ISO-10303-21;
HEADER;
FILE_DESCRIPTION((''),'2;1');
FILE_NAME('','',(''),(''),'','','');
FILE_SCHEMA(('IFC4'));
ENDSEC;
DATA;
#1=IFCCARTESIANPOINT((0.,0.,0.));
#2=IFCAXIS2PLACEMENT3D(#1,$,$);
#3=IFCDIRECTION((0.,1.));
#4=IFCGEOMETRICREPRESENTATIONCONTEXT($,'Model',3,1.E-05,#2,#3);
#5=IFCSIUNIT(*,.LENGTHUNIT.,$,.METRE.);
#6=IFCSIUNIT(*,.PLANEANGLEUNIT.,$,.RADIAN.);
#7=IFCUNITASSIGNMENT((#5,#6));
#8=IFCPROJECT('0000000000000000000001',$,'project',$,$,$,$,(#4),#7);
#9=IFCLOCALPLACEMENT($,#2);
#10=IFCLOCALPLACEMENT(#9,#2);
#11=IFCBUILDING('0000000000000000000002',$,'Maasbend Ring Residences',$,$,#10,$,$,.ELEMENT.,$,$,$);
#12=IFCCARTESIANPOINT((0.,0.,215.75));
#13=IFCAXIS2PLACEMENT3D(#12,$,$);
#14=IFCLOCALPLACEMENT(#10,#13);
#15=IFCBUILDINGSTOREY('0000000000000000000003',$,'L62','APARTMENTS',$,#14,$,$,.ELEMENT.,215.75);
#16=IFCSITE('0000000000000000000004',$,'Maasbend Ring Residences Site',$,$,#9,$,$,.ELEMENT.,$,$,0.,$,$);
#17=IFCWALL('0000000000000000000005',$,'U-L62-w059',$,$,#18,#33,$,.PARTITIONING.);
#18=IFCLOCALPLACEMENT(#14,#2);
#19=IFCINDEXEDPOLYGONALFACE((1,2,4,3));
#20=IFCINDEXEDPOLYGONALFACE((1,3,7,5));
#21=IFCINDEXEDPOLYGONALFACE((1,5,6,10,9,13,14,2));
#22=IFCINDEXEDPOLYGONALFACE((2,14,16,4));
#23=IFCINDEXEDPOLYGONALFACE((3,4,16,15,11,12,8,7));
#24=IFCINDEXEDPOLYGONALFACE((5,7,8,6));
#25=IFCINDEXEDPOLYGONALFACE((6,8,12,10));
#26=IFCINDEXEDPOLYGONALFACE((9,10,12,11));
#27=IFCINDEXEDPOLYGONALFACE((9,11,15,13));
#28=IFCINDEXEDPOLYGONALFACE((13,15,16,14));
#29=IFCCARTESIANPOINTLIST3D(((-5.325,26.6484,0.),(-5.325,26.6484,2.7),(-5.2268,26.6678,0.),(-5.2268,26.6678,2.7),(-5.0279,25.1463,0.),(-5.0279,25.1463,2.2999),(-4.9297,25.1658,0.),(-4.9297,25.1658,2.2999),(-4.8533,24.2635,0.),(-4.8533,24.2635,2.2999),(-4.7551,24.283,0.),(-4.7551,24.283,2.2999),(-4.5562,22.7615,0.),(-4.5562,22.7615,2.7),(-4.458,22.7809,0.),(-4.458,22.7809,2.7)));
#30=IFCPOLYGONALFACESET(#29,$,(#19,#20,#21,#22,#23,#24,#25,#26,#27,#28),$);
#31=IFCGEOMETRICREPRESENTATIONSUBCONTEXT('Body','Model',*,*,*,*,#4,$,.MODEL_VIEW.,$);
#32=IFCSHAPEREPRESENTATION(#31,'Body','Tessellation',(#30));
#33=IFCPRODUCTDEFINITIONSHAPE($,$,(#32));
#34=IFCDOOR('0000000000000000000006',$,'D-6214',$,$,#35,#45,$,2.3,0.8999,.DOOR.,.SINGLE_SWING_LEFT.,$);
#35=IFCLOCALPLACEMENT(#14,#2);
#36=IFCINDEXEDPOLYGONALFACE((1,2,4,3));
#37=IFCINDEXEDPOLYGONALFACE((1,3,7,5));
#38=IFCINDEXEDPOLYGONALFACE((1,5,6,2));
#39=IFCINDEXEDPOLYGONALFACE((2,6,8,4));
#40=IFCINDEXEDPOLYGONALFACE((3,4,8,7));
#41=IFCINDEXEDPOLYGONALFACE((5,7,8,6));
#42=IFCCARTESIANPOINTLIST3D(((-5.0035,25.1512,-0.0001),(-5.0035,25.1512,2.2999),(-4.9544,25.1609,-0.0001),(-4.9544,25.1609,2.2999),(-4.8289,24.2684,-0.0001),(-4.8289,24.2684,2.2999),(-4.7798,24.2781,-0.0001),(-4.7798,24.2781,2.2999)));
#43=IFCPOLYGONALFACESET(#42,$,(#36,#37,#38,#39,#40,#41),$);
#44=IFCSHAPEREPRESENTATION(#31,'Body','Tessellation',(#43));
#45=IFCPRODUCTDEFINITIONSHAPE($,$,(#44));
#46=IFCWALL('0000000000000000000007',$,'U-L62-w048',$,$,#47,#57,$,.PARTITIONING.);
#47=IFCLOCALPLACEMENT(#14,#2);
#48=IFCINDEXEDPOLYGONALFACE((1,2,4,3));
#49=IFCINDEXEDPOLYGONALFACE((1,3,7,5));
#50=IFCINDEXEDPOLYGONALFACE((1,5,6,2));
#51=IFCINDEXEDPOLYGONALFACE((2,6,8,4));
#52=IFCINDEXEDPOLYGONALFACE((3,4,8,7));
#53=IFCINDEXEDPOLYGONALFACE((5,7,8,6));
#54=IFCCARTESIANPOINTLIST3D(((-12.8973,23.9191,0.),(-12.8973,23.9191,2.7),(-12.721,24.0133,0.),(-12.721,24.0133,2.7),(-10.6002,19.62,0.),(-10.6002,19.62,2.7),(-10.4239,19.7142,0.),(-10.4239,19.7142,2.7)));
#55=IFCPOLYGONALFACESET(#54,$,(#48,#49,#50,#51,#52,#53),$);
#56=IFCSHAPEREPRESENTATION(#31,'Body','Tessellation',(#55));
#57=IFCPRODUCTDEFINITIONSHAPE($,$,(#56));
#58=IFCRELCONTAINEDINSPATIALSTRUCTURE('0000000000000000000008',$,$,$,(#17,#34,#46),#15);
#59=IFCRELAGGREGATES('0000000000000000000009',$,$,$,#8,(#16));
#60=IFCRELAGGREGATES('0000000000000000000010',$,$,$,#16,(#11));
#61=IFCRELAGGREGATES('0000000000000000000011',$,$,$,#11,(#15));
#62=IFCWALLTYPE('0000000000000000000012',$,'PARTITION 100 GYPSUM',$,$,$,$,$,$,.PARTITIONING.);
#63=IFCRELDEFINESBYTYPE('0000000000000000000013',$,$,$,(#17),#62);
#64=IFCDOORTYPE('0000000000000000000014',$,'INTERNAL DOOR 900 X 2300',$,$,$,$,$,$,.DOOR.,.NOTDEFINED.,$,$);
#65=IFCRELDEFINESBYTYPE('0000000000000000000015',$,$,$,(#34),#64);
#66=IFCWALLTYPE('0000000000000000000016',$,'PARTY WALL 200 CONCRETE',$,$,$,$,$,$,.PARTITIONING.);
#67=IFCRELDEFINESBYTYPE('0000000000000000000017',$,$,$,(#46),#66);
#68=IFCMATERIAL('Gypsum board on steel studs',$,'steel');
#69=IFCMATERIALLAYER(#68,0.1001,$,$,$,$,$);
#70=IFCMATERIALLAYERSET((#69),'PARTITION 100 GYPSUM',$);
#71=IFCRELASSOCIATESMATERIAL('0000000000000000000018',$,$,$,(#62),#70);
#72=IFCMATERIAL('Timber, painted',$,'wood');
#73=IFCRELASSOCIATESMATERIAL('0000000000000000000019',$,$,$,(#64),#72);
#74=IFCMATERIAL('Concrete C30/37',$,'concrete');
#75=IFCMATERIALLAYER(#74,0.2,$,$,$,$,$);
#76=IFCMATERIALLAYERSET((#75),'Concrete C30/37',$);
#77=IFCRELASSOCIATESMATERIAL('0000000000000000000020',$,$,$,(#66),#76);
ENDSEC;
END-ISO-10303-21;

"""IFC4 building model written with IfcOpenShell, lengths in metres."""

from ifc_helpers import new_model, si_unit, direction, frame, frame_2d, origin, place, context, subcontext, project, spatial, rectangle, extrude, material, layer, layer_set, type_object, element, fill, save


model = new_model("IFC4")

# Units and contexts
model_context = context("Model", 3, precision=1e-05, world=origin(), true_north=direction((0.0, 1.0)))
body_context = subcontext(model_context, "Body", "Model", "MODEL_VIEW")
ifc_project = project(units=[si_unit("LENGTHUNIT", "METRE"), si_unit("PLANEANGLEUNIT", "RADIAN")], contexts=[model_context])

# Site, building, storey
site_placement = place(None, origin())
site = spatial("IfcSite", under=ifc_project, at=site_placement, Name="Maasbend Ring Residences Site", CompositionType="ELEMENT", RefElevation=0.0)
building_placement = place(site_placement, origin())
building = spatial("IfcBuilding", under=site, at=building_placement, Name="Maasbend Ring Residences", CompositionType="ELEMENT")
storey_placement = place(building_placement, frame((0.0, 0.0, 215.75)))
storey = spatial("IfcBuildingStorey", under=building, at=storey_placement, Name="L62", Description="APARTMENTS", CompositionType="ELEMENT", Elevation=215.75)

# Shared definitions
ifc_material_1 = material(Name="Gypsum board on steel studs", Category="steel")
ifc_layer_1 = layer(ifc_material_1, 0.1001)
ifc_layer_set_1 = layer_set([ifc_layer_1], Name="PARTITION 100 GYPSUM")
wall_type_1 = type_object("IfcWallType", Name="PARTITION 100 GYPSUM", PredefinedType="PARTITIONING", material=ifc_layer_set_1)
ifc_material_2 = material(Name="Timber, painted", Category="wood")
door_type_1 = type_object("IfcDoorType", Name="INTERNAL DOOR 900 X 2300", OperationType="NOTDEFINED", PredefinedType="DOOR", material=ifc_material_2)

# Wall, opening, door
wall_1_placement = place(storey_placement, frame((-5.2759, 26.658, 0.0), z_axis=(0.0, 0.0, 1.0), x_axis=(0.19403, -0.980996, 0.0)))
wall_1 = element("IfcWall", 1, at=wall_1_placement, inside=storey, type_object=wall_type_1, Name="U-L62-w059", PredefinedType="PARTITIONING", context=body_context, shape_type="SweptSolid", body=[
    extrude(rectangle(XDim=3.9622, YDim=0.1001, at=frame_2d((1.981, 0.0))), origin(), (0.0, 0.0, 1.0), 2.7),
])
opening_1_placement = place(wall_1_placement, frame((1.531, 0.0, 0.0)))
opening_1 = element("IfcOpeningElement", 2, at=opening_1_placement, cuts=wall_1, PredefinedType="OPENING", context=body_context, shape_type="SweptSolid", body=[
    extrude(rectangle(XDim=0.8999, YDim=2.3, at=frame_2d((0.45, 1.1499))), frame((0.0, 0.0601, 0.0), z_axis=(0.0, -1.0, 0.0), x_axis=(1.0, 0.0, 0.0)), (0.0, 0.0, 1.0), 0.1201),
])
door_1_placement = place(opening_1_placement, origin())
door_1 = element("IfcDoor", 3, at=door_1_placement, inside=storey, type_object=door_type_1, Name="D-6214", OperationType="SINGLE_SWING_LEFT", OverallHeight=2.3, OverallWidth=0.8999, PredefinedType="DOOR", context=body_context, shape_type="SweptSolid", body=[
    extrude(rectangle(XDim=0.8999, YDim=2.3, at=frame_2d((0.45, 1.1499))), frame((0.0, 0.0249, 0.0), z_axis=(0.0, -1.0, 0.0), x_axis=(1.0, 0.0, 0.0)), (0.0, 0.0, 1.0), 0.05),
])
fill(opening_1, door_1)

# Wall
ifc_material_3 = material(Name="Concrete C30/37", Category="concrete")
ifc_layer_2 = layer(ifc_material_3, 0.2)
ifc_layer_set_2 = layer_set([ifc_layer_2], Name="Concrete C30/37")
wall_type_2 = type_object("IfcWallType", Name="PARTY WALL 200 CONCRETE", PredefinedType="PARTITIONING", material=ifc_layer_set_2)
wall_2_placement = place(storey_placement, frame((-12.8091, 23.9661, 0.0), z_axis=(0.0, 0.0, 1.0), x_axis=(0.471272, -0.881988, 0.0)))
element("IfcWall", 4, at=wall_2_placement, inside=storey, type_object=wall_type_2, Name="U-L62-w048", PredefinedType="PARTITIONING", context=body_context, shape_type="SweptSolid", body=[
    extrude(rectangle(XDim=4.8743, YDim=0.2, at=frame_2d((2.437, 0.0))), origin(), (0.0, 0.0, 1.0), 2.7),
])

save(model, "model.ifc")
